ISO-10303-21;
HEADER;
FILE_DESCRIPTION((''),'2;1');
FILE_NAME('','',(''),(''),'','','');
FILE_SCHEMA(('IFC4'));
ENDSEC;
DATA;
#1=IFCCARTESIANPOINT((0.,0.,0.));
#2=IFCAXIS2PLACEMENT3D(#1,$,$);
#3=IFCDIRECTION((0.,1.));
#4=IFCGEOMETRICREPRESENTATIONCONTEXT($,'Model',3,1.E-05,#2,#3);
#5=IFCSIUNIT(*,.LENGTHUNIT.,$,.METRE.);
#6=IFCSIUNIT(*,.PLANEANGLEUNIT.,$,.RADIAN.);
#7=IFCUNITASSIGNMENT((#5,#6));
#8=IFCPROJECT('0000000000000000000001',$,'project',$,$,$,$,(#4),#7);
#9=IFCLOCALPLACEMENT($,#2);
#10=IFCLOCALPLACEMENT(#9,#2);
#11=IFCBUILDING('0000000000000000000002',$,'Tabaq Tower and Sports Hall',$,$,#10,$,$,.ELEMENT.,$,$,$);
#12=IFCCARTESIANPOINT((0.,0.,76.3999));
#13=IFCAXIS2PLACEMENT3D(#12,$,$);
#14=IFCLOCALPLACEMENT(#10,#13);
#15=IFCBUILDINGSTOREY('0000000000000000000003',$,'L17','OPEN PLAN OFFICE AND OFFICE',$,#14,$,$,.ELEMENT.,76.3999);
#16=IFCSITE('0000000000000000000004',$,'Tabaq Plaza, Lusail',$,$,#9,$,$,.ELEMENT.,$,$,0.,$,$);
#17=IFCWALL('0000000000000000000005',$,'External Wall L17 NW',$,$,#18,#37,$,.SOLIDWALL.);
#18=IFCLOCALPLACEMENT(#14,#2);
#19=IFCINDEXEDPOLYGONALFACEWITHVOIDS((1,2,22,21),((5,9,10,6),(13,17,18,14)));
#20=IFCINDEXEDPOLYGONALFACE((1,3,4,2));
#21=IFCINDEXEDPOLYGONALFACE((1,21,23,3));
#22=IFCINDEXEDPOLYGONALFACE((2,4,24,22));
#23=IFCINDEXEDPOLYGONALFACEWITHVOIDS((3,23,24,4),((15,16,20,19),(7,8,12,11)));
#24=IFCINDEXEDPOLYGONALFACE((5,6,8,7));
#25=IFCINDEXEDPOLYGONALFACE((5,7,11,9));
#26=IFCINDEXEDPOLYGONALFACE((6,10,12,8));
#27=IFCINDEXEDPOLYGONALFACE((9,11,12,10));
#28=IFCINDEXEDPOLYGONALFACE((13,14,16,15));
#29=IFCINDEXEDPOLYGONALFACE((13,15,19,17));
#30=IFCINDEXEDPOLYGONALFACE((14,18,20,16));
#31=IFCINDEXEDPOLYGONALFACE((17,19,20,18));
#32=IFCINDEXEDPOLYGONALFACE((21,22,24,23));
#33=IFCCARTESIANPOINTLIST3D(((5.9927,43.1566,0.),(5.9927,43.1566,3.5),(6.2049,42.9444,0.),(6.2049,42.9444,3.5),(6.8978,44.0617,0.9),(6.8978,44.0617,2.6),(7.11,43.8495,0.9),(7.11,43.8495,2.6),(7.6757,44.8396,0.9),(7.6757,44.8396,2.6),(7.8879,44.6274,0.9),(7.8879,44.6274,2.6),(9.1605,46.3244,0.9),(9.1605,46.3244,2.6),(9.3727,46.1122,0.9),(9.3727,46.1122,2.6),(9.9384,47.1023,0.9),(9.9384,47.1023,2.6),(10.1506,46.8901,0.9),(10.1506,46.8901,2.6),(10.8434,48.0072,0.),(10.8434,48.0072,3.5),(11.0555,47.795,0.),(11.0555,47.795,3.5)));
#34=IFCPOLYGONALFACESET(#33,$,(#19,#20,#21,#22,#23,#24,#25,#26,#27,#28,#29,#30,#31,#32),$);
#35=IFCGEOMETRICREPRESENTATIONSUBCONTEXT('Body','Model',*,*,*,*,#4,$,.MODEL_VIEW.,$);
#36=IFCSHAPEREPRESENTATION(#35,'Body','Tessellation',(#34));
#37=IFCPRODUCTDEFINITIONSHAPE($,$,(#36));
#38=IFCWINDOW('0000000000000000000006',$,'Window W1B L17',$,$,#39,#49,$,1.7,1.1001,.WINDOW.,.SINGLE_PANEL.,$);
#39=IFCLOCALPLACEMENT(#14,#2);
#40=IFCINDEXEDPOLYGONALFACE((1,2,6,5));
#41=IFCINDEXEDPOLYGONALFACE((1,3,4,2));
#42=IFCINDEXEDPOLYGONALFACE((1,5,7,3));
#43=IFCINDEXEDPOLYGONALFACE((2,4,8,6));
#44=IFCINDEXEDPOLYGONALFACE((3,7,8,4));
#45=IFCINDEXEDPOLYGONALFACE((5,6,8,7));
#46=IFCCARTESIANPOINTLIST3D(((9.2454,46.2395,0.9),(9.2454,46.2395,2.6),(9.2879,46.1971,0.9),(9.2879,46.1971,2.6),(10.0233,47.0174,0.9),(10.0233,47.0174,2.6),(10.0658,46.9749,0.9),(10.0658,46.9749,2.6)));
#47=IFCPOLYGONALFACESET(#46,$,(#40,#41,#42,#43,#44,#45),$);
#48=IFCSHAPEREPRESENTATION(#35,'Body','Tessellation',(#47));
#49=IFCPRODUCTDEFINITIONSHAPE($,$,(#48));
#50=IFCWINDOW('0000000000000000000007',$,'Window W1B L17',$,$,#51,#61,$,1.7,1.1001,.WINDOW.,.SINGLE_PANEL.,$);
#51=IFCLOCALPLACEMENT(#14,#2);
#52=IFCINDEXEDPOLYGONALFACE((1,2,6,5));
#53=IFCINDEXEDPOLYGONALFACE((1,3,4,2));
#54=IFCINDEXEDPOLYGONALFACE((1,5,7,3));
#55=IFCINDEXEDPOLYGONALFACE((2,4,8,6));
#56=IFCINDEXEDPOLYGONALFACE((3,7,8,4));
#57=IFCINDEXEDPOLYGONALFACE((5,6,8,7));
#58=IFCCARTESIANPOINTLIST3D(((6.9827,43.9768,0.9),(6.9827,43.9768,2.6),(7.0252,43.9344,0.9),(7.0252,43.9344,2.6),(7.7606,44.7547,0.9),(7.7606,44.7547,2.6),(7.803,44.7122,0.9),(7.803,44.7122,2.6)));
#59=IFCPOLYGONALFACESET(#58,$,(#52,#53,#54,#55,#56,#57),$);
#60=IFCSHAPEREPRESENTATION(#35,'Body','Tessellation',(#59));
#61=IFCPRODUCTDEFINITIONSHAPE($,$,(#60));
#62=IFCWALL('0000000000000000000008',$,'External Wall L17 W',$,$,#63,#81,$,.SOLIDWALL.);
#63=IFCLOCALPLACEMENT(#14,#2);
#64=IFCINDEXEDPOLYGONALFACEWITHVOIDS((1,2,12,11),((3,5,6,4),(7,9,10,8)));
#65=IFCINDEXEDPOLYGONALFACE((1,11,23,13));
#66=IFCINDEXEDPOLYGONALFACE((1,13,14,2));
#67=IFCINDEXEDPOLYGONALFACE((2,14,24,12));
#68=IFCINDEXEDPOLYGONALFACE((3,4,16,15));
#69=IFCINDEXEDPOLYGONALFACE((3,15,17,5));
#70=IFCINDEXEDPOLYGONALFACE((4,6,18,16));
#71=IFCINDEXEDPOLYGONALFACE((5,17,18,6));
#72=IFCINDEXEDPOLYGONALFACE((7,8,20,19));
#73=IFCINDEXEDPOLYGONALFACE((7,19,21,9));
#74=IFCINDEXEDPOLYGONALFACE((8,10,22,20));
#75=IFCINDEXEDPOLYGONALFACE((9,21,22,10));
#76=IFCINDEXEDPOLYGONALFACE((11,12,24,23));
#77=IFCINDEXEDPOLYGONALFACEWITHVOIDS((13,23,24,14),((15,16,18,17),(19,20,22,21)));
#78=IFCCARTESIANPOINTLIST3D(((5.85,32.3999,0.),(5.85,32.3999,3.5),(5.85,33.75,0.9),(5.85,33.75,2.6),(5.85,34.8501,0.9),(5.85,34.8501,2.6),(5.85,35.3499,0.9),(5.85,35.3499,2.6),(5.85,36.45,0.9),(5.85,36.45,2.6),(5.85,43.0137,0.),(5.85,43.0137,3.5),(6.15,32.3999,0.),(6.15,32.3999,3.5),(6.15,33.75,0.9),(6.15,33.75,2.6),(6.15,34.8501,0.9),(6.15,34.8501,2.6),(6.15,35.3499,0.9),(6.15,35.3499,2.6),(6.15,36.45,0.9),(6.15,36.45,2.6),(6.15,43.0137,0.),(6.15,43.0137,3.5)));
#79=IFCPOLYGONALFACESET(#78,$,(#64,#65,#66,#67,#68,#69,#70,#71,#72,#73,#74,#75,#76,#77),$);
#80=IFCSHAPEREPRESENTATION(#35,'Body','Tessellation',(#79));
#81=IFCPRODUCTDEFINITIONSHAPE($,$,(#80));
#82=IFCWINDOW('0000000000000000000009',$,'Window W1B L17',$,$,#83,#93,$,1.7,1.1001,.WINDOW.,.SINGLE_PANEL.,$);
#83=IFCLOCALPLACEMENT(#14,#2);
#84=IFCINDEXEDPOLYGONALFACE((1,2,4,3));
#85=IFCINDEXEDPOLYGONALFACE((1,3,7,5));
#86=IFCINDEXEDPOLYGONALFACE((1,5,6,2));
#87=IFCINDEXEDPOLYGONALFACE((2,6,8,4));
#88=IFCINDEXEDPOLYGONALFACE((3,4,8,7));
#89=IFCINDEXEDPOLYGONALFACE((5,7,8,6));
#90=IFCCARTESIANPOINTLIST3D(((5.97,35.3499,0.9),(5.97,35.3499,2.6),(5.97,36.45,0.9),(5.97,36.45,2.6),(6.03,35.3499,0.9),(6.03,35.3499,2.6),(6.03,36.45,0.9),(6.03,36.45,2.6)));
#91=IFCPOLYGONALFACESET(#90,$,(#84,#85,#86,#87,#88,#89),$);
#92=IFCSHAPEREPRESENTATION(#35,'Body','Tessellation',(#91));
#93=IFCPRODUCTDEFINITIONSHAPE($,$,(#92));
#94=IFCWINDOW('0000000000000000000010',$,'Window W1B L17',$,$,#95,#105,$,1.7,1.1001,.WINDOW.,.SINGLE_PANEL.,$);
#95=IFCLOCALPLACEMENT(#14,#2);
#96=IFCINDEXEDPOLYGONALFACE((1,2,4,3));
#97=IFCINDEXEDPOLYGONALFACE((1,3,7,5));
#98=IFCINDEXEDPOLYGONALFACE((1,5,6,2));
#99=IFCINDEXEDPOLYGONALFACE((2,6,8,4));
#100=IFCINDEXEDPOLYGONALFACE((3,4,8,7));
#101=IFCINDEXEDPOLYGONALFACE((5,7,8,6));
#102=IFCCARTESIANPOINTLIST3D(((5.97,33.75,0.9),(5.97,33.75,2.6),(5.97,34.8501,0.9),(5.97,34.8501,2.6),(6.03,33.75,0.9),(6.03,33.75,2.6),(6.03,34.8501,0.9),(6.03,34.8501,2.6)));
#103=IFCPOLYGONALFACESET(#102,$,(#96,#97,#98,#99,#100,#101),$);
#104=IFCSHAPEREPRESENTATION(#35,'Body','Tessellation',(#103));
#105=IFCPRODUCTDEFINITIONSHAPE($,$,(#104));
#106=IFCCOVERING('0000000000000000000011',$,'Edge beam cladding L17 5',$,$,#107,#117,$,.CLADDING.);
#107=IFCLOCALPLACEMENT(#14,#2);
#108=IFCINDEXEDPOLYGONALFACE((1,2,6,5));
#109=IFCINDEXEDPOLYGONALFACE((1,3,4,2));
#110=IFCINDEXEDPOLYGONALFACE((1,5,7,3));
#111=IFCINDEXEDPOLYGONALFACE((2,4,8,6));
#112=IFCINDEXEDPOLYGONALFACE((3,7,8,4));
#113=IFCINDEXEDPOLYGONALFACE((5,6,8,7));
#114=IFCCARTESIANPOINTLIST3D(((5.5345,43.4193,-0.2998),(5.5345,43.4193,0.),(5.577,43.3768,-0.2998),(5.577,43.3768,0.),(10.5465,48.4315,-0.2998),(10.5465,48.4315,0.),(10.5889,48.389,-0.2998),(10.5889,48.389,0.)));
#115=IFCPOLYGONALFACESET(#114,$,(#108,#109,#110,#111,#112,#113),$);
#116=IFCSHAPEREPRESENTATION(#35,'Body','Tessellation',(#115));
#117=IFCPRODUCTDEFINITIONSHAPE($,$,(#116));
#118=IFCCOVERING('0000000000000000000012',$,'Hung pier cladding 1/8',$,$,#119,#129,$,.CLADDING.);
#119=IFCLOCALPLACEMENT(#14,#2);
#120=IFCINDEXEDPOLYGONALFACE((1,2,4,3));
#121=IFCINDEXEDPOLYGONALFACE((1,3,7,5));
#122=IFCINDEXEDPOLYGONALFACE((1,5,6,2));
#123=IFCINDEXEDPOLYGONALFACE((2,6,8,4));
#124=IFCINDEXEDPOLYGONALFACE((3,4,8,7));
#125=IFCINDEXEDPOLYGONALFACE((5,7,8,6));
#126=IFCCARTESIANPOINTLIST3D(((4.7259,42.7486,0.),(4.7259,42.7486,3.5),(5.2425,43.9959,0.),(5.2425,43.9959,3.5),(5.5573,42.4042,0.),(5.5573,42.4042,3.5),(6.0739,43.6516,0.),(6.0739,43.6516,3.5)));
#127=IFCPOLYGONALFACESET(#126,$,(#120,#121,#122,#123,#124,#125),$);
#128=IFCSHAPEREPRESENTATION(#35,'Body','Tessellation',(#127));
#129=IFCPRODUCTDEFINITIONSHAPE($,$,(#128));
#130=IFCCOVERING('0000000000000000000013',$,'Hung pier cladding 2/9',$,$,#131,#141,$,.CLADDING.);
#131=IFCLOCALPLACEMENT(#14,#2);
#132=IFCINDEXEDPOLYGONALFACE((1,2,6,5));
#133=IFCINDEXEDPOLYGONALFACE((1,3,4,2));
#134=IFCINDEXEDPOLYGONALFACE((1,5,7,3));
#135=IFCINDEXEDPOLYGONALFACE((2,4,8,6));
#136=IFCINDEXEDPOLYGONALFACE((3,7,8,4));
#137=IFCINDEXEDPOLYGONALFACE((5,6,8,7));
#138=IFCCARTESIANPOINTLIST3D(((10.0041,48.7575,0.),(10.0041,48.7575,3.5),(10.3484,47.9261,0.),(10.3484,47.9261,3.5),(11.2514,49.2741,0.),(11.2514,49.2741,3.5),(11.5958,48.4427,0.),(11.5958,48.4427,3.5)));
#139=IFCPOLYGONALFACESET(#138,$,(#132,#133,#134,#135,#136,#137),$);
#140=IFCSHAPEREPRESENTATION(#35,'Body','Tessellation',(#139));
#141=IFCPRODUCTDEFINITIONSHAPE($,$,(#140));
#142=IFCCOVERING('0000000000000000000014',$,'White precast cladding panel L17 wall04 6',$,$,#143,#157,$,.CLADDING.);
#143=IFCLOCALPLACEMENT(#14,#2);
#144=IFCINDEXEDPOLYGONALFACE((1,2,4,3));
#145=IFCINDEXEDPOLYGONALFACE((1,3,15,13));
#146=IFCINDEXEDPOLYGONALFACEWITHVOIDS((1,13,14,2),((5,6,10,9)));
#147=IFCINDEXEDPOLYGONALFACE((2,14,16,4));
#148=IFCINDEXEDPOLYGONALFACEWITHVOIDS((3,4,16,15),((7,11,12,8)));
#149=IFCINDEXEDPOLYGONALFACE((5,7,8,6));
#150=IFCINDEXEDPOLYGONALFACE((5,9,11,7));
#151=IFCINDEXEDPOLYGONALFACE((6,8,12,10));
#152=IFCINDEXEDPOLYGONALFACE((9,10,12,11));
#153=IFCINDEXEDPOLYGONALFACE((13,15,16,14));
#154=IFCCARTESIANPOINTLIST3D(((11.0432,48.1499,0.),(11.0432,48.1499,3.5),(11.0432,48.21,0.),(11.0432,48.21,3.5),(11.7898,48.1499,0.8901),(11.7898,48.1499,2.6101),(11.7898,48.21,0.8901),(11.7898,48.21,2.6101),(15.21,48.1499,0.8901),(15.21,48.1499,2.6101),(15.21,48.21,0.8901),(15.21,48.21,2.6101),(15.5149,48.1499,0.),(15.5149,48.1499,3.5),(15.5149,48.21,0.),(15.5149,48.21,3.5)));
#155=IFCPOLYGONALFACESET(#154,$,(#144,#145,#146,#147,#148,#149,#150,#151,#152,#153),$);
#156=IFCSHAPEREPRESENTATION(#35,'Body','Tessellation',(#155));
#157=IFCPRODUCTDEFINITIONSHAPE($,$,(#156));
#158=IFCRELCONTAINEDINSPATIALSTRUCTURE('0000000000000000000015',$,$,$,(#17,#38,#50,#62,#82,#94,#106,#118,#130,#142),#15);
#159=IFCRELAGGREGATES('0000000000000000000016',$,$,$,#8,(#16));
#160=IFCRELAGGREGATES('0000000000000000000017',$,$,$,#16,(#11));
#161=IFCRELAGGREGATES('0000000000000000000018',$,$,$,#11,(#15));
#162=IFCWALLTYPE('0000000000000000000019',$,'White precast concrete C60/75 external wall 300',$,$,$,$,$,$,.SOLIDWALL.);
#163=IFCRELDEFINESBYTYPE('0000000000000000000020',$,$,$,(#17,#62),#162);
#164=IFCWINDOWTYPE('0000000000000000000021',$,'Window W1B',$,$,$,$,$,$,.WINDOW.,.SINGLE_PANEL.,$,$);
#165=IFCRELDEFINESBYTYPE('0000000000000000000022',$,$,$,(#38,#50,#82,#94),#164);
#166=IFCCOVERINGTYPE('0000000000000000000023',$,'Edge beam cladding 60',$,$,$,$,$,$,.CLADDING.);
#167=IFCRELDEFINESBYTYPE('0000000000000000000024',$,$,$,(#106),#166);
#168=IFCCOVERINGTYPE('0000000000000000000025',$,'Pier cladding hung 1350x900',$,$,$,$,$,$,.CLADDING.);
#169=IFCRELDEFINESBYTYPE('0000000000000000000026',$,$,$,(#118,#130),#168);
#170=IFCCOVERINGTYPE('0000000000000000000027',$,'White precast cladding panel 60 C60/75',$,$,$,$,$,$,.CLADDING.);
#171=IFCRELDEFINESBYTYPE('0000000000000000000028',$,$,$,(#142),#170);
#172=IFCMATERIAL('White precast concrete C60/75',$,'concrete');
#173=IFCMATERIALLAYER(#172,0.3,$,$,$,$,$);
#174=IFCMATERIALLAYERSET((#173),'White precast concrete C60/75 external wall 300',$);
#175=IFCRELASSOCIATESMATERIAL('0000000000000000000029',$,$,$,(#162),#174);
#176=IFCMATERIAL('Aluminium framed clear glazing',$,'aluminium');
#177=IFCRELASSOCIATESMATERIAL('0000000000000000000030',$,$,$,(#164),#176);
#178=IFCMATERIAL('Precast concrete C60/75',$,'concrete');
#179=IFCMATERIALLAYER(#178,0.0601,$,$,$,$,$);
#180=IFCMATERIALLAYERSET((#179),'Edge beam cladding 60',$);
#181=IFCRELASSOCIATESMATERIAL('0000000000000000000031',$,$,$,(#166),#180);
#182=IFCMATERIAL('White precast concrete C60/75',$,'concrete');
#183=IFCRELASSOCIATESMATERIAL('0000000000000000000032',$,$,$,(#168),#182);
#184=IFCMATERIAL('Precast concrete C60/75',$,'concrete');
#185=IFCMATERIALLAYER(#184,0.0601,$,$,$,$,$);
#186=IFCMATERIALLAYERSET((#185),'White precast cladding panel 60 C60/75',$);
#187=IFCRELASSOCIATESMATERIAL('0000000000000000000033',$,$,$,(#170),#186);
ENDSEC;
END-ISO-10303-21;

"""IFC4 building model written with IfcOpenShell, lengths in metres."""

from ifc_helpers import new_model, si_unit, direction, frame, frame_2d, origin, place, context, subcontext, project, spatial, polyline, rectangle, outline, extrude, material, layer, layer_set, type_object, element, fill, save


model = new_model("IFC4")

# Units and contexts
model_context = context("Model", 3, precision=1e-05, world=origin(), true_north=direction((0.0, 1.0)))
body_context = subcontext(model_context, "Body", "Model", "MODEL_VIEW")
ifc_project = project(units=[si_unit("LENGTHUNIT", "METRE"), si_unit("PLANEANGLEUNIT", "RADIAN")], contexts=[model_context])

# Site, building, storey
site_placement = place(None, origin())
site = spatial("IfcSite", under=ifc_project, at=site_placement, Name="Tabaq Plaza, Lusail", CompositionType="ELEMENT", RefElevation=0.0)
building_placement = place(site_placement, origin())
building = spatial("IfcBuilding", under=site, at=building_placement, Name="Tabaq Tower and Sports Hall", CompositionType="ELEMENT")
storey_placement = place(building_placement, frame((0.0, 0.0, 76.3999)))
storey = spatial("IfcBuildingStorey", under=building, at=storey_placement, Name="L17", Description="OPEN PLAN OFFICE AND OFFICE", CompositionType="ELEMENT", Elevation=76.3999)

# Walls, openings, windows
ifc_material_1 = material(Name="White precast concrete C60/75", Category="concrete")
ifc_layer_1 = layer(ifc_material_1, 0.3)
ifc_layer_set_1 = layer_set([ifc_layer_1], Name="White precast concrete C60/75 external wall 300")
wall_type_1 = type_object("IfcWallType", Name="White precast concrete C60/75 external wall 300", PredefinedType="SOLIDWALL", material=ifc_layer_set_1)
wall_1_placement = place(storey_placement, frame((10.9495, 47.9011, 0.0), z_axis=(0.0, 0.0, 1.0), x_axis=(-0.707107, -0.707107, 0.0)))
wall_1 = element("IfcWall", 1, at=wall_1_placement, inside=storey, type_object=wall_type_1, Name="External Wall L17 NW", PredefinedType="SOLIDWALL", context=body_context, shape_type="SweptSolid", body=[
    extrude(rectangle(XDim=6.8599, YDim=0.3, at=frame_2d((3.4299, 0.0))), origin(), (0.0, 0.0, 1.0), 3.5),
])
opening_1_placement = place(wall_1_placement, frame((1.2798, 0.0, 0.8999)))
opening_1 = element("IfcOpeningElement", 2, at=opening_1_placement, cuts=wall_1, PredefinedType="OPENING", context=body_context, shape_type="SweptSolid", body=[
    extrude(rectangle(XDim=1.1001, YDim=1.7, at=frame_2d((0.55, 0.8501))), frame((0.0, 0.1602, 0.0), z_axis=(0.0, -1.0, 0.0), x_axis=(1.0, 0.0, 0.0)), (0.0, 0.0, 1.0), 0.3201),
])
opening_2_placement = place(wall_1_placement, frame((4.4797, 0.0, 0.8999)))
opening_2 = element("IfcOpeningElement", 3, at=opening_2_placement, cuts=wall_1, PredefinedType="OPENING", context=body_context, shape_type="SweptSolid", body=[
    extrude(rectangle(XDim=1.1001, YDim=1.7, at=frame_2d((0.55, 0.8501))), frame((0.0, 0.1602, 0.0), z_axis=(0.0, -1.0, 0.0), x_axis=(1.0, 0.0, 0.0)), (0.0, 0.0, 1.0), 0.3201),
])
ifc_material_2 = material(Name="Aluminium framed clear glazing", Category="aluminium")
window_type = type_object("IfcWindowType", Name="Window W1B", PartitioningType="SINGLE_PANEL", PredefinedType="WINDOW", material=ifc_material_2)
window_1_placement = place(opening_1_placement, origin())
window_1 = element("IfcWindow", 4, at=window_1_placement, inside=storey, type_object=window_type, Name="Window W1B L17", OverallHeight=1.7, OverallWidth=1.1001, PartitioningType="SINGLE_PANEL", PredefinedType="WINDOW", context=body_context, shape_type="SweptSolid", body=[
    extrude(rectangle(XDim=1.1001, YDim=1.7, at=frame_2d((0.55, 0.8501))), frame((0.0, 0.03, 0.0), z_axis=(0.0, -1.0, 0.0), x_axis=(1.0, 0.0, 0.0)), (0.0, 0.0, 1.0), 0.0601),
])
fill(opening_1, window_1)
window_2_placement = place(opening_2_placement, origin())
window_2 = element("IfcWindow", 5, at=window_2_placement, inside=storey, type_object=window_type, Name="Window W1B L17", OverallHeight=1.7, OverallWidth=1.1001, PartitioningType="SINGLE_PANEL", PredefinedType="WINDOW", context=body_context, shape_type="SweptSolid", body=[
    extrude(rectangle(XDim=1.1001, YDim=1.7, at=frame_2d((0.55, 0.8501))), frame((0.0, 0.03, 0.0), z_axis=(0.0, -1.0, 0.0), x_axis=(1.0, 0.0, 0.0)), (0.0, 0.0, 1.0), 0.0601),
])
fill(opening_2, window_2)
wall_2_placement = place(storey_placement, frame((6.0, 43.0137, 0.0), z_axis=(0.0, 0.0, 1.0), x_axis=(0.0, -1.0, 0.0)))
wall_2 = element("IfcWall", 6, at=wall_2_placement, inside=storey, type_object=wall_type_1, Name="External Wall L17 W", PredefinedType="SOLIDWALL", context=body_context, shape_type="SweptSolid", body=[
    extrude(rectangle(XDim=10.6138, YDim=0.3, at=frame_2d((5.3069, 0.0))), origin(), (0.0, 0.0, 1.0), 3.5),
])
opening_3_placement = place(wall_2_placement, frame((6.5637, 0.0, 0.8999)))
opening_3 = element("IfcOpeningElement", 7, at=opening_3_placement, cuts=wall_2, PredefinedType="OPENING", context=body_context, shape_type="SweptSolid", body=[
    extrude(rectangle(XDim=1.1001, YDim=1.7, at=frame_2d((0.55, 0.8501))), frame((0.0, 0.1602, 0.0), z_axis=(0.0, -1.0, 0.0), x_axis=(1.0, 0.0, 0.0)), (0.0, 0.0, 1.0), 0.3201),
])
opening_4_placement = place(wall_2_placement, frame((8.1636, 0.0, 0.8999)))
opening_4 = element("IfcOpeningElement", 8, at=opening_4_placement, cuts=wall_2, PredefinedType="OPENING", context=body_context, shape_type="SweptSolid", body=[
    extrude(rectangle(XDim=1.1001, YDim=1.7, at=frame_2d((0.55, 0.8501))), frame((0.0, 0.1602, 0.0), z_axis=(0.0, -1.0, 0.0), x_axis=(1.0, 0.0, 0.0)), (0.0, 0.0, 1.0), 0.3201),
])
window_3_placement = place(opening_3_placement, origin())
window_3 = element("IfcWindow", 9, at=window_3_placement, inside=storey, type_object=window_type, Name="Window W1B L17", OverallHeight=1.7, OverallWidth=1.1001, PartitioningType="SINGLE_PANEL", PredefinedType="WINDOW", context=body_context, shape_type="SweptSolid", body=[
    extrude(rectangle(XDim=1.1001, YDim=1.7, at=frame_2d((0.55, 0.8501))), frame((0.0, 0.03, 0.0), z_axis=(0.0, -1.0, 0.0), x_axis=(1.0, 0.0, 0.0)), (0.0, 0.0, 1.0), 0.0601),
])
fill(opening_3, window_3)
window_4_placement = place(opening_4_placement, origin())
window_4 = element("IfcWindow", 10, at=window_4_placement, inside=storey, type_object=window_type, Name="Window W1B L17", OverallHeight=1.7, OverallWidth=1.1001, PartitioningType="SINGLE_PANEL", PredefinedType="WINDOW", context=body_context, shape_type="SweptSolid", body=[
    extrude(rectangle(XDim=1.1001, YDim=1.7, at=frame_2d((0.55, 0.8501))), frame((0.0, 0.03, 0.0), z_axis=(0.0, -1.0, 0.0), x_axis=(1.0, 0.0, 0.0)), (0.0, 0.0, 1.0), 0.0601),
])
fill(opening_4, window_4)

# Coverings
ifc_material_3 = material(Name="Precast concrete C60/75", Category="concrete")
ifc_layer_2 = layer(ifc_material_3, 0.0601)
ifc_layer_set_2 = layer_set([ifc_layer_2], Name="Edge beam cladding 60")
covering_type_1 = type_object("IfcCoveringType", Name="Edge beam cladding 60", PredefinedType="CLADDING", material=ifc_layer_set_2)
covering_1_placement = place(storey_placement, frame((10.5676, 48.4102, -0.2998), z_axis=(0.0, 0.0, 1.0), x_axis=(-0.70709, -0.707124, 0.0)))
element("IfcCovering", 11, at=covering_1_placement, inside=storey, type_object=covering_type_1, Name="Edge beam cladding L17 5", PredefinedType="CLADDING", context=body_context, shape_type="SweptSolid", body=[
    extrude(rectangle(XDim=7.0881, YDim=0.0601, at=frame_2d((3.5439, 0.0))), origin(), (0.0, 0.0, 1.0), 0.2998),
])
ifc_material_4 = material(Name="White precast concrete C60/75", Category="concrete")
covering_type_2 = type_object("IfcCoveringType", Name="Pier cladding hung 1350x900", PredefinedType="CLADDING", material=ifc_material_4)
for number, where, z_axis, x_axis, name in (
    (12, (5.6582, 43.8237, 0.0), (0.0, 0.0, 1.0), (-0.38265, -0.923893, 0.0), "Hung pier cladding 1/8"),
    (13, (11.4236, 48.8584, 0.0), (0.0, 0.0, 1.0), (-0.923893, -0.38265, 0.0), "Hung pier cladding 2/9"),
):
    element("IfcCovering", number, at=place(storey_placement, frame(where, z_axis=z_axis, x_axis=x_axis)), inside=storey, type_object=covering_type_2, Name=name, PredefinedType="CLADDING", context=body_context, shape_type="SweptSolid", body=[
        extrude(rectangle(XDim=1.3501, YDim=0.8999, at=frame_2d((0.675, 0.0))), origin(), (0.0, 0.0, 1.0), 3.5),
    ])
ifc_material_5 = material(Name="Precast concrete C60/75", Category="concrete")
ifc_layer_3 = layer(ifc_material_5, 0.0601)
ifc_layer_set_3 = layer_set([ifc_layer_3], Name="White precast cladding panel 60 C60/75")
covering_type_3 = type_object("IfcCoveringType", Name="White precast cladding panel 60 C60/75", PredefinedType="CLADDING", material=ifc_layer_set_3)
covering_2_placement = place(storey_placement, frame((15.5149, 48.1799, 0.0), z_axis=(0.0, 0.0, 1.0), x_axis=(-1.0, 0.0, 0.0)))
element("IfcCovering", 14, at=covering_2_placement, inside=storey, type_object=covering_type_3, Name="White precast cladding panel L17 wall04 6", PredefinedType="CLADDING", context=body_context, shape_type="SweptSolid", body=[
    extrude(outline(polyline([(0.0, 0.0), (4.4717, 0.0), (4.4717, 3.5), (0.0, 3.5), (0.0, 0.0)]), holes=[polyline([(0.3049, 0.8901), (0.3049, 2.6101), (3.7251, 2.6101), (3.7251, 0.8901), (0.3049, 0.8901)])]), frame((0.0, 0.03, 0.0), z_axis=(0.0, -1.0, 0.0), x_axis=(1.0, 0.0, 0.0)), (0.0, 0.0, 1.0), 0.0601),
])

save(model, "model.ifc")
